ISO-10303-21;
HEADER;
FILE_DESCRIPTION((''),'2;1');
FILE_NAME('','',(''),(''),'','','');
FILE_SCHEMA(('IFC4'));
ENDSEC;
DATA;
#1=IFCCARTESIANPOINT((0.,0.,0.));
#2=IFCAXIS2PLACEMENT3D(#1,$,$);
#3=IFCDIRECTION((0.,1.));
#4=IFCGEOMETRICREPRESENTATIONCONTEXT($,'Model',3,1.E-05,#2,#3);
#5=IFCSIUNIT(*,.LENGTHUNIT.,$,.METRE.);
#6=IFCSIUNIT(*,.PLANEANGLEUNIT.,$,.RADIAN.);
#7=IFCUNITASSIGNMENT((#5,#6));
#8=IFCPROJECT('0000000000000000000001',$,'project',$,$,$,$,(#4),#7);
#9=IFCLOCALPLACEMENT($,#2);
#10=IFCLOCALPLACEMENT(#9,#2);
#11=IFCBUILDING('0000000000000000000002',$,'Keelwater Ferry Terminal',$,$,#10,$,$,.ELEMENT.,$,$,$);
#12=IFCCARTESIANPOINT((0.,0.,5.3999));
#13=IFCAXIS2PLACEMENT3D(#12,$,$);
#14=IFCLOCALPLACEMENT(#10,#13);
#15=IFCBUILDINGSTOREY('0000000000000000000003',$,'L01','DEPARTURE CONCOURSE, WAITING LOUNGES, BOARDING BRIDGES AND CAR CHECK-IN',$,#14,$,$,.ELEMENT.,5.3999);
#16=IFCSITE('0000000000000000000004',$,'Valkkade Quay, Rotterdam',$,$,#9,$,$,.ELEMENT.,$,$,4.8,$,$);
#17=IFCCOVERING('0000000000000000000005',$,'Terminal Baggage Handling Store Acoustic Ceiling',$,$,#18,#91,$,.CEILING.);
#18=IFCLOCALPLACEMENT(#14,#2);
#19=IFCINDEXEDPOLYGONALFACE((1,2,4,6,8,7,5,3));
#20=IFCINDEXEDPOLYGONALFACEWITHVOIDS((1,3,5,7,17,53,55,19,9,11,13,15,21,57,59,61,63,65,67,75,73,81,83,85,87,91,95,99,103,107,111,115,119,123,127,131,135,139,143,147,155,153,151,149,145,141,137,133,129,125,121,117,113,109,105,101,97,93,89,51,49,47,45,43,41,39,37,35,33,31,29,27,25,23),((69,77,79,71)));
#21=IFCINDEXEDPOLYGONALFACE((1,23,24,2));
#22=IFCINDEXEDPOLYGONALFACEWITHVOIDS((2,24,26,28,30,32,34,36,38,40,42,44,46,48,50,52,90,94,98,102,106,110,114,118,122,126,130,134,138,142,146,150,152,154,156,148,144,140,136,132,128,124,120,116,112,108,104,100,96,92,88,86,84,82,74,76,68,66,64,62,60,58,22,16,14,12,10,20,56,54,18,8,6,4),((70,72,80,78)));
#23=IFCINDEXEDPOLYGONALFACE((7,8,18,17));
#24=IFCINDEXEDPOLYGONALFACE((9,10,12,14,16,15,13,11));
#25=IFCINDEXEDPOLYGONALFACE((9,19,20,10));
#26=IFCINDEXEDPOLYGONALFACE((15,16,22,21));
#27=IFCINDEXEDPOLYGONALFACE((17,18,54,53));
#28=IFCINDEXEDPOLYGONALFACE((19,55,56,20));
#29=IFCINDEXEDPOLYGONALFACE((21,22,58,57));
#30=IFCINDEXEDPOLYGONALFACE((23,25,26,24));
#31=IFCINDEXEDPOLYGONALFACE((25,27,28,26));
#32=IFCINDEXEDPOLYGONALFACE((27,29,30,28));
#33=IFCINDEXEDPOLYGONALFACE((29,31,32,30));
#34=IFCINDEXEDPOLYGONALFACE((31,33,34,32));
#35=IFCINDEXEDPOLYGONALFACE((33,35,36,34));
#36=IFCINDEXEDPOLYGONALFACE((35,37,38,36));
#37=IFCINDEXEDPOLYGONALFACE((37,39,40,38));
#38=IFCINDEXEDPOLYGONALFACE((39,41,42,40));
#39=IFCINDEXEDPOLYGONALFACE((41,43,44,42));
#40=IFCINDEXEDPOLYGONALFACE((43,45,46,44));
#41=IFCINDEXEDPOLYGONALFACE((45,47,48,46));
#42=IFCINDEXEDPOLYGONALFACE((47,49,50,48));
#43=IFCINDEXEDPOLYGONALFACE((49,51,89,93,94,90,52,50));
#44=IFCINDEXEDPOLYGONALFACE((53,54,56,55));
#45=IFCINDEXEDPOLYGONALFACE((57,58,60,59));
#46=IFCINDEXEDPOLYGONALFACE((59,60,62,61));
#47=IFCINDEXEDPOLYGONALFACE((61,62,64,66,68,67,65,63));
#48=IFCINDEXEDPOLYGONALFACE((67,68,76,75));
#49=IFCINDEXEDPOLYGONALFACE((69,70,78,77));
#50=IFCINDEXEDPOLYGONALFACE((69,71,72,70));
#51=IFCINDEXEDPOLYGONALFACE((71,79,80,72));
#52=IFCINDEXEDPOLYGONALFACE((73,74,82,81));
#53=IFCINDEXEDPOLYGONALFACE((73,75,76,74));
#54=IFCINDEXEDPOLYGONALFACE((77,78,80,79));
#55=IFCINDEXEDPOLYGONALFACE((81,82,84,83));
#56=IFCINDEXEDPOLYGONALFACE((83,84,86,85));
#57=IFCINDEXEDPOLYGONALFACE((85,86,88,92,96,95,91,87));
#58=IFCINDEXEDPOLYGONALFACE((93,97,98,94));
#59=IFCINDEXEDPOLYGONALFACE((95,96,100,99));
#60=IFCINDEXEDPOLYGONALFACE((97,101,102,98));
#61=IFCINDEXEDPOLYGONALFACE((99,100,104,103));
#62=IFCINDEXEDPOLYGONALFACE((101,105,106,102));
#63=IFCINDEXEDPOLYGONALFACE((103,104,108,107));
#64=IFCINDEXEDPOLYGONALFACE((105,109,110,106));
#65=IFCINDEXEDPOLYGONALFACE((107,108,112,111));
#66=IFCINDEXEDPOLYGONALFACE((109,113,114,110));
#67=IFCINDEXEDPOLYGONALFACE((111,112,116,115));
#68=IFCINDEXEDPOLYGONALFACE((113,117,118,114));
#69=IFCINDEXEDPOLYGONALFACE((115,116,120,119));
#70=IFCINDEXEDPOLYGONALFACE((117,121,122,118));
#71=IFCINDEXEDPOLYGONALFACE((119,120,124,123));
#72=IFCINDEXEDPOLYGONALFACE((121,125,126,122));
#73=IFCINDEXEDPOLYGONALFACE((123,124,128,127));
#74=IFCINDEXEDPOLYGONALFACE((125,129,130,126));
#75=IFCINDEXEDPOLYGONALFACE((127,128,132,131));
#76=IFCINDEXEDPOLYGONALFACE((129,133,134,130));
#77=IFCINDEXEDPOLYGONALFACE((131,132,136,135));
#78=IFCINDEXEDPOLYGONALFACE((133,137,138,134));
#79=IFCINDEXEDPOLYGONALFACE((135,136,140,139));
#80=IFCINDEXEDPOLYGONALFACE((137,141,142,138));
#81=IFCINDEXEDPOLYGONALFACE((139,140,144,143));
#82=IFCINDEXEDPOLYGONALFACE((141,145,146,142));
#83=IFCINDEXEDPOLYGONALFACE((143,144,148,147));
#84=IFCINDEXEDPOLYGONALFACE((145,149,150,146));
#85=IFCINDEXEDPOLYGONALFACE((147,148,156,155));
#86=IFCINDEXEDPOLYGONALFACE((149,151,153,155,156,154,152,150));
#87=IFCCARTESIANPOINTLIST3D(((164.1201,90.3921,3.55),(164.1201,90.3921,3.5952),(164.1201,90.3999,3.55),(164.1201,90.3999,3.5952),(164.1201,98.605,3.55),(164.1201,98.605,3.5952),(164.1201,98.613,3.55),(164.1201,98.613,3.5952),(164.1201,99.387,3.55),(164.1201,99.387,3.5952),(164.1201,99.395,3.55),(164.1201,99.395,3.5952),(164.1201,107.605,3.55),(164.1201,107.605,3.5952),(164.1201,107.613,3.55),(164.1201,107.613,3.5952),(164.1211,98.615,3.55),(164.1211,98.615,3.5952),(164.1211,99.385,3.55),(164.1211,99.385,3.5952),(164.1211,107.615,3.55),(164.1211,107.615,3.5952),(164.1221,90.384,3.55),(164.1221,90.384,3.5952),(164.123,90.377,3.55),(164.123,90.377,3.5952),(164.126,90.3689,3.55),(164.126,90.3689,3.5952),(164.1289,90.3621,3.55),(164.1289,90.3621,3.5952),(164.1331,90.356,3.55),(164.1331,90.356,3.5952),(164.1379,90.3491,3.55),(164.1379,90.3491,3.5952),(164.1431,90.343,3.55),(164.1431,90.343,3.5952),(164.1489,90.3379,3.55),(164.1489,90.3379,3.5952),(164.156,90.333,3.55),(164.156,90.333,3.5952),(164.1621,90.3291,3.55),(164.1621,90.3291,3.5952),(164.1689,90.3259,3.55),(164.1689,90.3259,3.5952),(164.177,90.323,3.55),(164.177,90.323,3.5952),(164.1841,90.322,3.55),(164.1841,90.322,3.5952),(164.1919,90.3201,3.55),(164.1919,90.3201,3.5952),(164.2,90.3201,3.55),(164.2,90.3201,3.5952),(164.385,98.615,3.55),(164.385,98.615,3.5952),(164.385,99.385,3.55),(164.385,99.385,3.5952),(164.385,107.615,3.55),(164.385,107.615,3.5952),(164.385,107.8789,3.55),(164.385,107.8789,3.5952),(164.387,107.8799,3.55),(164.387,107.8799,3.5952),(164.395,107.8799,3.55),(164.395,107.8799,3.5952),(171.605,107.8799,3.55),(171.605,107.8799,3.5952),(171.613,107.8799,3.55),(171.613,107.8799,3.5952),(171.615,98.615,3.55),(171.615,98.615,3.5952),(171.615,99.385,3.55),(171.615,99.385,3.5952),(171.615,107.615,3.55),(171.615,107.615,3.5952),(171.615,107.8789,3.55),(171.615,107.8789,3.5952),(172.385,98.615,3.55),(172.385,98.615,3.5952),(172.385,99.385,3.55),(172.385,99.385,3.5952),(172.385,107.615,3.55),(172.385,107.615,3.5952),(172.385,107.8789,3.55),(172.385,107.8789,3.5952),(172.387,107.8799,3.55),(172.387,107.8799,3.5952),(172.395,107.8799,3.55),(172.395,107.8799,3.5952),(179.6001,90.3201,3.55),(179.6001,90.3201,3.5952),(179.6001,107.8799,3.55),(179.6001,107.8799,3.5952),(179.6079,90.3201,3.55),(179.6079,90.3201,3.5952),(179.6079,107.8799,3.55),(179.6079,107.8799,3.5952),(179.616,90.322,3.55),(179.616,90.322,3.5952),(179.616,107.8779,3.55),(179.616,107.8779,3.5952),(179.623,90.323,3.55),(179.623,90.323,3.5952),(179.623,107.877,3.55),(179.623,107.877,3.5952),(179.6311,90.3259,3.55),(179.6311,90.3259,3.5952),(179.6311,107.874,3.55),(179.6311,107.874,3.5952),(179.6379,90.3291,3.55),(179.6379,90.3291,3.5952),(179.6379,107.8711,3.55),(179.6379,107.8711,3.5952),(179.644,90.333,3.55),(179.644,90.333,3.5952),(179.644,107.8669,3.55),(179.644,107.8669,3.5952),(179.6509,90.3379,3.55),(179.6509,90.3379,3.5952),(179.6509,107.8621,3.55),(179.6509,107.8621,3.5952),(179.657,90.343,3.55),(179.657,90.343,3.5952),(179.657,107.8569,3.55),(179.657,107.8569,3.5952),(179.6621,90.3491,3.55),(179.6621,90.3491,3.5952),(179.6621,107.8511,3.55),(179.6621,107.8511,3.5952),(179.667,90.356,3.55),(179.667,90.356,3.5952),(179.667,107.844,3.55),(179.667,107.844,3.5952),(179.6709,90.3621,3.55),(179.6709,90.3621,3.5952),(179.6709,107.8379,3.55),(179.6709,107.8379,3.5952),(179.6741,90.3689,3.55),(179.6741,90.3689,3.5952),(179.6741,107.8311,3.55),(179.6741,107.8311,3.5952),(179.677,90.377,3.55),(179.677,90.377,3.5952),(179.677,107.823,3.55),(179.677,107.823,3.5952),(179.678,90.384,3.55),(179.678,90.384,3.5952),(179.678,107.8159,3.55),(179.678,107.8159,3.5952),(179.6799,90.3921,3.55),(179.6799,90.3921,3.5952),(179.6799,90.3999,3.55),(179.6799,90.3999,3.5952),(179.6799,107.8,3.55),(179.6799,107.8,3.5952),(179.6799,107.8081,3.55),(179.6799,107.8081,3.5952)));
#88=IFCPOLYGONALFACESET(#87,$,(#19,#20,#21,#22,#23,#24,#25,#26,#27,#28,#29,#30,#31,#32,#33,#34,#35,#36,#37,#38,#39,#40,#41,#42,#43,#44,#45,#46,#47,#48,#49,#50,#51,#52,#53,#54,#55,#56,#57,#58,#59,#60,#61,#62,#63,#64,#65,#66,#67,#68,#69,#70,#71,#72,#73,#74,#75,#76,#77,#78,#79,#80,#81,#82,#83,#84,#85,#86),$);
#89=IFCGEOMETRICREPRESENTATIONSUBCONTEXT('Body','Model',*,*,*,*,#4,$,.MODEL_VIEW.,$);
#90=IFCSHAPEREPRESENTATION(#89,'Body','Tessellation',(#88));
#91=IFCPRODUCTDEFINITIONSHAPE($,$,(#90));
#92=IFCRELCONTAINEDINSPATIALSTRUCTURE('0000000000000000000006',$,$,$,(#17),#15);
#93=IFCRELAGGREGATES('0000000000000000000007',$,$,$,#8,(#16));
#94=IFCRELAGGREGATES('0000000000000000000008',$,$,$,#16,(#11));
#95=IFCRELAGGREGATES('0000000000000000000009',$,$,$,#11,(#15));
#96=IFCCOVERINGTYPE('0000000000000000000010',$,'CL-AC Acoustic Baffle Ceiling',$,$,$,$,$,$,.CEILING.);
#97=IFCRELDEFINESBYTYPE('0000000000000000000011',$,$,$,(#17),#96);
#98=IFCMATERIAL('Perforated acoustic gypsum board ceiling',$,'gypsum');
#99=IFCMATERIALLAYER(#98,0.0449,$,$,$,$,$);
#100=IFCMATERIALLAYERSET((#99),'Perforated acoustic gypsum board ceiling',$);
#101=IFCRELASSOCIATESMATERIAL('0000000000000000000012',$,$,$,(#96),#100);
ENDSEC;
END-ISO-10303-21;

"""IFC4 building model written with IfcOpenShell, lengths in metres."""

from ifc_helpers import new_model, si_unit, direction, frame, origin, place, context, subcontext, project, spatial, polyline, outline, extrude, material, layer, layer_set, type_object, element, save


model = new_model("IFC4")

# Units and contexts
model_context = context("Model", 3, precision=1e-05, world=origin(), true_north=direction((0.0, 1.0)))
body_context = subcontext(model_context, "Body", "Model", "MODEL_VIEW")
ifc_project = project(units=[si_unit("LENGTHUNIT", "METRE"), si_unit("PLANEANGLEUNIT", "RADIAN")], contexts=[model_context])

# Site, building, storey
site_placement = place(None, origin())
site = spatial("IfcSite", under=ifc_project, at=site_placement, Name="Valkkade Quay, Rotterdam", CompositionType="ELEMENT", RefElevation=4.8)
building_placement = place(site_placement, origin())
building = spatial("IfcBuilding", under=site, at=building_placement, Name="Keelwater Ferry Terminal", CompositionType="ELEMENT")
storey_placement = place(building_placement, frame((0.0, 0.0, 5.3999)))
storey = spatial("IfcBuildingStorey", under=building, at=storey_placement, Name="L01", Description="DEPARTURE CONCOURSE, WAITING LOUNGES, BOARDING BRIDGES AND CAR CHECK-IN", CompositionType="ELEMENT", Elevation=5.3999)

# Covering
ifc_material_1 = material(Name="Perforated acoustic gypsum board ceiling", Category="gypsum")
ifc_layer_1 = layer(ifc_material_1, 0.0449)
ifc_layer_set_1 = layer_set([ifc_layer_1], Name="Perforated acoustic gypsum board ceiling")
covering_type_1 = type_object("IfcCoveringType", Name="CL-AC Acoustic Baffle Ceiling", PredefinedType="CEILING", material=ifc_layer_set_1)
covering_1_placement = place(storey_placement, frame((0.0, 0.0, 3.55)))
element("IfcCovering", 1, at=covering_1_placement, inside=storey, type_object=covering_type_1, Name="Terminal Baggage Handling Store Acoustic Ceiling", PredefinedType="CEILING", context=body_context, shape_type="SweptSolid", body=[
    extrude(outline(polyline([(171.615, 107.8789), (171.615, 107.615), (172.385, 107.615), (172.385, 107.8789), (172.387, 107.8799), (172.395, 107.8799), (179.6001, 107.8799), (179.6079, 107.8799), (179.616, 107.8779), (179.623, 107.877), (179.6311, 107.874), (179.6379, 107.8711), (179.644, 107.8669), (179.6509, 107.8621), (179.657, 107.8569), (179.6621, 107.8511), (179.667, 107.844), (179.6709, 107.8379), (179.6741, 107.8311), (179.677, 107.823), (179.678, 107.8159), (179.6799, 107.8081), (179.6799, 107.8), (179.6799, 90.3999), (179.6799, 90.3921), (179.678, 90.384), (179.677, 90.377), (179.6741, 90.3689), (179.6709, 90.3621), (179.667, 90.356), (179.6621, 90.3491), (179.657, 90.343), (179.6509, 90.3379), (179.644, 90.333), (179.6379, 90.3291), (179.6311, 90.3259), (179.623, 90.323), (179.616, 90.322), (179.6079, 90.3201), (179.6001, 90.3201), (164.2, 90.3201), (164.1919, 90.3201), (164.1841, 90.322), (164.177, 90.323), (164.1689, 90.3259), (164.1621, 90.3291), (164.156, 90.333), (164.1489, 90.3379), (164.1431, 90.343), (164.1379, 90.3491), (164.1331, 90.356), (164.1289, 90.3621), (164.126, 90.3689), (164.123, 90.377), (164.1221, 90.384), (164.1201, 90.3921), (164.1201, 90.3999), (164.1201, 98.605), (164.1201, 98.613), (164.1211, 98.615), (164.385, 98.615), (164.385, 99.385), (164.1211, 99.385), (164.1201, 99.387), (164.1201, 99.395), (164.1201, 107.605), (164.1201, 107.613), (164.1211, 107.615), (164.385, 107.615), (164.385, 107.8789), (164.387, 107.8799), (164.395, 107.8799), (171.605, 107.8799), (171.613, 107.8799), (171.615, 107.8789)]), holes=[polyline([(171.615, 99.385), (171.615, 98.615), (172.385, 98.615), (172.385, 99.385), (171.615, 99.385)])]), origin(), (0.0, 0.0, 1.0), 0.0452),
])

save(model, "model.ifc")
